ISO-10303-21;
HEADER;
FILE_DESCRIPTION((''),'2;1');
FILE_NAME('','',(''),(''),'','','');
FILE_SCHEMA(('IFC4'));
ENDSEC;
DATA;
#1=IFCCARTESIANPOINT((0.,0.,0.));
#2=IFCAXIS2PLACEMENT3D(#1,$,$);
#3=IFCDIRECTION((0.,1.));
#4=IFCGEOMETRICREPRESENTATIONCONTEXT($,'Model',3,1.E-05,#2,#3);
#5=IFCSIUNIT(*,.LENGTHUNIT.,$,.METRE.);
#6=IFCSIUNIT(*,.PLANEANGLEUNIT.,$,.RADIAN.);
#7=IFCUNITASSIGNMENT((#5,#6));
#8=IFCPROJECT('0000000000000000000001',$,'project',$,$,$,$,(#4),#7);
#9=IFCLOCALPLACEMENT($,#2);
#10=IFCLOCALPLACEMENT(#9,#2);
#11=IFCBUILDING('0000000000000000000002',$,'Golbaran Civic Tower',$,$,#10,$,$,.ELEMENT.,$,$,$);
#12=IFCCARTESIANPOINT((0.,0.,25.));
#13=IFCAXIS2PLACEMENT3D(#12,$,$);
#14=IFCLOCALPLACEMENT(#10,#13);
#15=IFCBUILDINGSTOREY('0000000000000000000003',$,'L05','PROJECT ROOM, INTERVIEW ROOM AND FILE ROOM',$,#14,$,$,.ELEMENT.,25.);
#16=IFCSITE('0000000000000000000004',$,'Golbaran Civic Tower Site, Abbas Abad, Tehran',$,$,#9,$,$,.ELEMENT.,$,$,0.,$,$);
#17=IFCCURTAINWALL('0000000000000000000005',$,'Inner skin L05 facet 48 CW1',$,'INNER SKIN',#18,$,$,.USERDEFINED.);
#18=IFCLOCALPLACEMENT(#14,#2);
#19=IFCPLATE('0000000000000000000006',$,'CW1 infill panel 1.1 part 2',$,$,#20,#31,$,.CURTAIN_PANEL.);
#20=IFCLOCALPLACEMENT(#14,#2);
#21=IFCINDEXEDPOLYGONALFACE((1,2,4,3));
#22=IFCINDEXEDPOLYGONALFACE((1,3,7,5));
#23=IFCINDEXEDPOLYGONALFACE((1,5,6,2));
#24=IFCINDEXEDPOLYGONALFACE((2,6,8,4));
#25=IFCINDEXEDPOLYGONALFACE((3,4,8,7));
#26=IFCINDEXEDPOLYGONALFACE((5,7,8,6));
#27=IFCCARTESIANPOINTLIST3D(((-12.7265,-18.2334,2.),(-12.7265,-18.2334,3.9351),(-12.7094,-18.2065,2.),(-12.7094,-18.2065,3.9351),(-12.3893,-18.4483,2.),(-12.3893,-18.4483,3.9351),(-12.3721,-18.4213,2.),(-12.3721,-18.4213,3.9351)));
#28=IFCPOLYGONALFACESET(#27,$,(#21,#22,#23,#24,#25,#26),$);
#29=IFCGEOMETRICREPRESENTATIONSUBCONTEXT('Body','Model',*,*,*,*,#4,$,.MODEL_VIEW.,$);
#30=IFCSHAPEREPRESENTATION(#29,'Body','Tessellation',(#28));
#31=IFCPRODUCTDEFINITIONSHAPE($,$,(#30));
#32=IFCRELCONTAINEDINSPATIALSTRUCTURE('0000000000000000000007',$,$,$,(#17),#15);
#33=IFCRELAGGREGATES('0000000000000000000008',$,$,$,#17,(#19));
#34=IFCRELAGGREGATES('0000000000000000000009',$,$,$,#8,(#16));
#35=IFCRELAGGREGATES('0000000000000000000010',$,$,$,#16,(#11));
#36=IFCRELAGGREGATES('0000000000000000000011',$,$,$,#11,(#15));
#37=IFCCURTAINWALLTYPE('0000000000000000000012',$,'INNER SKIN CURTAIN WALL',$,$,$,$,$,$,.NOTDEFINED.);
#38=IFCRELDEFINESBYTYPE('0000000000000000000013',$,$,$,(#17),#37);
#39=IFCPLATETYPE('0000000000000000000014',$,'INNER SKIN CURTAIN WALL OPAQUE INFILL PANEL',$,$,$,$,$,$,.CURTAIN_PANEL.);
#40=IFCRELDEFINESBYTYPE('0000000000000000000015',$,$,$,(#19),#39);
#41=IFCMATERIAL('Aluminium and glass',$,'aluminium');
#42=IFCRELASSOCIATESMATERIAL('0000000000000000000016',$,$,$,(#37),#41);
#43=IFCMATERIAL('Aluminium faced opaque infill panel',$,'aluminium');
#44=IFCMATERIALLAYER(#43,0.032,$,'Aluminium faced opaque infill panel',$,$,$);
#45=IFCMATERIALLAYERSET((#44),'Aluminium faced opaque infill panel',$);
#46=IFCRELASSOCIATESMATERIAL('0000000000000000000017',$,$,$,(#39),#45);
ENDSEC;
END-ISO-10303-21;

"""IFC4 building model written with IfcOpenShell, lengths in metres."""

from ifc_helpers import new_model, si_unit, direction, frame, origin, origin_2d, place, context, subcontext, project, spatial, rectangle, extrude, material, layer, layer_set, type_object, element, aggregate, save


model = new_model("IFC4")

# Units and contexts
model_context = context("Model", 3, precision=1e-05, world=origin(), true_north=direction((0.0, 1.0)))
body_context = subcontext(model_context, "Body", "Model", "MODEL_VIEW")
ifc_project = project(units=[si_unit("LENGTHUNIT", "METRE"), si_unit("PLANEANGLEUNIT", "RADIAN")], contexts=[model_context])

# Site, building, storey
site_placement = place(None, origin())
site = spatial("IfcSite", under=ifc_project, at=site_placement, Name="Golbaran Civic Tower Site, Abbas Abad, Tehran", CompositionType="ELEMENT", RefElevation=0.0)
building_placement = place(site_placement, origin())
building = spatial("IfcBuilding", under=site, at=building_placement, Name="Golbaran Civic Tower", CompositionType="ELEMENT")
storey_placement = place(building_placement, frame((0.0, 0.0, 25.0)))
storey = spatial("IfcBuildingStorey", under=building, at=storey_placement, Name="L05", Description="PROJECT ROOM, INTERVIEW ROOM AND FILE ROOM", CompositionType="ELEMENT", Elevation=25.0)

# Curtain wall
ifc_material_1 = material(Name="Aluminium and glass", Category="aluminium")
curtain_wall_type = type_object("IfcCurtainWallType", Name="INNER SKIN CURTAIN WALL", PredefinedType="NOTDEFINED", material=ifc_material_1)
curtain_wall_1_placement = place(storey_placement, origin())
curtain_wall_1 = element("IfcCurtainWall", 1, at=curtain_wall_1_placement, inside=storey, type_object=curtain_wall_type, Name="Inner skin L05 facet 48 CW1", ObjectType="INNER SKIN", PredefinedType="USERDEFINED")

# Plate
ifc_material_2 = material(Name="Aluminium faced opaque infill panel", Category="aluminium")
ifc_layer_1 = layer(ifc_material_2, 0.032, Name="Aluminium faced opaque infill panel")
ifc_layer_set_1 = layer_set([ifc_layer_1], Name="Aluminium faced opaque infill panel")
plate_type_1 = type_object("IfcPlateType", Name="INNER SKIN CURTAIN WALL OPAQUE INFILL PANEL", PredefinedType="CURTAIN_PANEL", material=ifc_layer_set_1)
plate_1_placement = place(storey_placement, frame((-12.5493, -18.3274, 2.0), z_axis=(0.0, 0.0, 1.0), x_axis=(0.843391, -0.5373, 0.0)))
plate_1 = element("IfcPlate", 2, at=plate_1_placement, type_object=plate_type_1, Name="CW1 infill panel 1.1 part 2", PredefinedType="CURTAIN_PANEL", context=body_context, shape_type="SweptSolid", body=[
    extrude(rectangle(XDim=0.3999, YDim=0.032, at=origin_2d()), origin(), (0.0, 0.0, 1.0), 1.9351),
])
aggregate(curtain_wall_1, [plate_1])

save(model, "model.ifc")
